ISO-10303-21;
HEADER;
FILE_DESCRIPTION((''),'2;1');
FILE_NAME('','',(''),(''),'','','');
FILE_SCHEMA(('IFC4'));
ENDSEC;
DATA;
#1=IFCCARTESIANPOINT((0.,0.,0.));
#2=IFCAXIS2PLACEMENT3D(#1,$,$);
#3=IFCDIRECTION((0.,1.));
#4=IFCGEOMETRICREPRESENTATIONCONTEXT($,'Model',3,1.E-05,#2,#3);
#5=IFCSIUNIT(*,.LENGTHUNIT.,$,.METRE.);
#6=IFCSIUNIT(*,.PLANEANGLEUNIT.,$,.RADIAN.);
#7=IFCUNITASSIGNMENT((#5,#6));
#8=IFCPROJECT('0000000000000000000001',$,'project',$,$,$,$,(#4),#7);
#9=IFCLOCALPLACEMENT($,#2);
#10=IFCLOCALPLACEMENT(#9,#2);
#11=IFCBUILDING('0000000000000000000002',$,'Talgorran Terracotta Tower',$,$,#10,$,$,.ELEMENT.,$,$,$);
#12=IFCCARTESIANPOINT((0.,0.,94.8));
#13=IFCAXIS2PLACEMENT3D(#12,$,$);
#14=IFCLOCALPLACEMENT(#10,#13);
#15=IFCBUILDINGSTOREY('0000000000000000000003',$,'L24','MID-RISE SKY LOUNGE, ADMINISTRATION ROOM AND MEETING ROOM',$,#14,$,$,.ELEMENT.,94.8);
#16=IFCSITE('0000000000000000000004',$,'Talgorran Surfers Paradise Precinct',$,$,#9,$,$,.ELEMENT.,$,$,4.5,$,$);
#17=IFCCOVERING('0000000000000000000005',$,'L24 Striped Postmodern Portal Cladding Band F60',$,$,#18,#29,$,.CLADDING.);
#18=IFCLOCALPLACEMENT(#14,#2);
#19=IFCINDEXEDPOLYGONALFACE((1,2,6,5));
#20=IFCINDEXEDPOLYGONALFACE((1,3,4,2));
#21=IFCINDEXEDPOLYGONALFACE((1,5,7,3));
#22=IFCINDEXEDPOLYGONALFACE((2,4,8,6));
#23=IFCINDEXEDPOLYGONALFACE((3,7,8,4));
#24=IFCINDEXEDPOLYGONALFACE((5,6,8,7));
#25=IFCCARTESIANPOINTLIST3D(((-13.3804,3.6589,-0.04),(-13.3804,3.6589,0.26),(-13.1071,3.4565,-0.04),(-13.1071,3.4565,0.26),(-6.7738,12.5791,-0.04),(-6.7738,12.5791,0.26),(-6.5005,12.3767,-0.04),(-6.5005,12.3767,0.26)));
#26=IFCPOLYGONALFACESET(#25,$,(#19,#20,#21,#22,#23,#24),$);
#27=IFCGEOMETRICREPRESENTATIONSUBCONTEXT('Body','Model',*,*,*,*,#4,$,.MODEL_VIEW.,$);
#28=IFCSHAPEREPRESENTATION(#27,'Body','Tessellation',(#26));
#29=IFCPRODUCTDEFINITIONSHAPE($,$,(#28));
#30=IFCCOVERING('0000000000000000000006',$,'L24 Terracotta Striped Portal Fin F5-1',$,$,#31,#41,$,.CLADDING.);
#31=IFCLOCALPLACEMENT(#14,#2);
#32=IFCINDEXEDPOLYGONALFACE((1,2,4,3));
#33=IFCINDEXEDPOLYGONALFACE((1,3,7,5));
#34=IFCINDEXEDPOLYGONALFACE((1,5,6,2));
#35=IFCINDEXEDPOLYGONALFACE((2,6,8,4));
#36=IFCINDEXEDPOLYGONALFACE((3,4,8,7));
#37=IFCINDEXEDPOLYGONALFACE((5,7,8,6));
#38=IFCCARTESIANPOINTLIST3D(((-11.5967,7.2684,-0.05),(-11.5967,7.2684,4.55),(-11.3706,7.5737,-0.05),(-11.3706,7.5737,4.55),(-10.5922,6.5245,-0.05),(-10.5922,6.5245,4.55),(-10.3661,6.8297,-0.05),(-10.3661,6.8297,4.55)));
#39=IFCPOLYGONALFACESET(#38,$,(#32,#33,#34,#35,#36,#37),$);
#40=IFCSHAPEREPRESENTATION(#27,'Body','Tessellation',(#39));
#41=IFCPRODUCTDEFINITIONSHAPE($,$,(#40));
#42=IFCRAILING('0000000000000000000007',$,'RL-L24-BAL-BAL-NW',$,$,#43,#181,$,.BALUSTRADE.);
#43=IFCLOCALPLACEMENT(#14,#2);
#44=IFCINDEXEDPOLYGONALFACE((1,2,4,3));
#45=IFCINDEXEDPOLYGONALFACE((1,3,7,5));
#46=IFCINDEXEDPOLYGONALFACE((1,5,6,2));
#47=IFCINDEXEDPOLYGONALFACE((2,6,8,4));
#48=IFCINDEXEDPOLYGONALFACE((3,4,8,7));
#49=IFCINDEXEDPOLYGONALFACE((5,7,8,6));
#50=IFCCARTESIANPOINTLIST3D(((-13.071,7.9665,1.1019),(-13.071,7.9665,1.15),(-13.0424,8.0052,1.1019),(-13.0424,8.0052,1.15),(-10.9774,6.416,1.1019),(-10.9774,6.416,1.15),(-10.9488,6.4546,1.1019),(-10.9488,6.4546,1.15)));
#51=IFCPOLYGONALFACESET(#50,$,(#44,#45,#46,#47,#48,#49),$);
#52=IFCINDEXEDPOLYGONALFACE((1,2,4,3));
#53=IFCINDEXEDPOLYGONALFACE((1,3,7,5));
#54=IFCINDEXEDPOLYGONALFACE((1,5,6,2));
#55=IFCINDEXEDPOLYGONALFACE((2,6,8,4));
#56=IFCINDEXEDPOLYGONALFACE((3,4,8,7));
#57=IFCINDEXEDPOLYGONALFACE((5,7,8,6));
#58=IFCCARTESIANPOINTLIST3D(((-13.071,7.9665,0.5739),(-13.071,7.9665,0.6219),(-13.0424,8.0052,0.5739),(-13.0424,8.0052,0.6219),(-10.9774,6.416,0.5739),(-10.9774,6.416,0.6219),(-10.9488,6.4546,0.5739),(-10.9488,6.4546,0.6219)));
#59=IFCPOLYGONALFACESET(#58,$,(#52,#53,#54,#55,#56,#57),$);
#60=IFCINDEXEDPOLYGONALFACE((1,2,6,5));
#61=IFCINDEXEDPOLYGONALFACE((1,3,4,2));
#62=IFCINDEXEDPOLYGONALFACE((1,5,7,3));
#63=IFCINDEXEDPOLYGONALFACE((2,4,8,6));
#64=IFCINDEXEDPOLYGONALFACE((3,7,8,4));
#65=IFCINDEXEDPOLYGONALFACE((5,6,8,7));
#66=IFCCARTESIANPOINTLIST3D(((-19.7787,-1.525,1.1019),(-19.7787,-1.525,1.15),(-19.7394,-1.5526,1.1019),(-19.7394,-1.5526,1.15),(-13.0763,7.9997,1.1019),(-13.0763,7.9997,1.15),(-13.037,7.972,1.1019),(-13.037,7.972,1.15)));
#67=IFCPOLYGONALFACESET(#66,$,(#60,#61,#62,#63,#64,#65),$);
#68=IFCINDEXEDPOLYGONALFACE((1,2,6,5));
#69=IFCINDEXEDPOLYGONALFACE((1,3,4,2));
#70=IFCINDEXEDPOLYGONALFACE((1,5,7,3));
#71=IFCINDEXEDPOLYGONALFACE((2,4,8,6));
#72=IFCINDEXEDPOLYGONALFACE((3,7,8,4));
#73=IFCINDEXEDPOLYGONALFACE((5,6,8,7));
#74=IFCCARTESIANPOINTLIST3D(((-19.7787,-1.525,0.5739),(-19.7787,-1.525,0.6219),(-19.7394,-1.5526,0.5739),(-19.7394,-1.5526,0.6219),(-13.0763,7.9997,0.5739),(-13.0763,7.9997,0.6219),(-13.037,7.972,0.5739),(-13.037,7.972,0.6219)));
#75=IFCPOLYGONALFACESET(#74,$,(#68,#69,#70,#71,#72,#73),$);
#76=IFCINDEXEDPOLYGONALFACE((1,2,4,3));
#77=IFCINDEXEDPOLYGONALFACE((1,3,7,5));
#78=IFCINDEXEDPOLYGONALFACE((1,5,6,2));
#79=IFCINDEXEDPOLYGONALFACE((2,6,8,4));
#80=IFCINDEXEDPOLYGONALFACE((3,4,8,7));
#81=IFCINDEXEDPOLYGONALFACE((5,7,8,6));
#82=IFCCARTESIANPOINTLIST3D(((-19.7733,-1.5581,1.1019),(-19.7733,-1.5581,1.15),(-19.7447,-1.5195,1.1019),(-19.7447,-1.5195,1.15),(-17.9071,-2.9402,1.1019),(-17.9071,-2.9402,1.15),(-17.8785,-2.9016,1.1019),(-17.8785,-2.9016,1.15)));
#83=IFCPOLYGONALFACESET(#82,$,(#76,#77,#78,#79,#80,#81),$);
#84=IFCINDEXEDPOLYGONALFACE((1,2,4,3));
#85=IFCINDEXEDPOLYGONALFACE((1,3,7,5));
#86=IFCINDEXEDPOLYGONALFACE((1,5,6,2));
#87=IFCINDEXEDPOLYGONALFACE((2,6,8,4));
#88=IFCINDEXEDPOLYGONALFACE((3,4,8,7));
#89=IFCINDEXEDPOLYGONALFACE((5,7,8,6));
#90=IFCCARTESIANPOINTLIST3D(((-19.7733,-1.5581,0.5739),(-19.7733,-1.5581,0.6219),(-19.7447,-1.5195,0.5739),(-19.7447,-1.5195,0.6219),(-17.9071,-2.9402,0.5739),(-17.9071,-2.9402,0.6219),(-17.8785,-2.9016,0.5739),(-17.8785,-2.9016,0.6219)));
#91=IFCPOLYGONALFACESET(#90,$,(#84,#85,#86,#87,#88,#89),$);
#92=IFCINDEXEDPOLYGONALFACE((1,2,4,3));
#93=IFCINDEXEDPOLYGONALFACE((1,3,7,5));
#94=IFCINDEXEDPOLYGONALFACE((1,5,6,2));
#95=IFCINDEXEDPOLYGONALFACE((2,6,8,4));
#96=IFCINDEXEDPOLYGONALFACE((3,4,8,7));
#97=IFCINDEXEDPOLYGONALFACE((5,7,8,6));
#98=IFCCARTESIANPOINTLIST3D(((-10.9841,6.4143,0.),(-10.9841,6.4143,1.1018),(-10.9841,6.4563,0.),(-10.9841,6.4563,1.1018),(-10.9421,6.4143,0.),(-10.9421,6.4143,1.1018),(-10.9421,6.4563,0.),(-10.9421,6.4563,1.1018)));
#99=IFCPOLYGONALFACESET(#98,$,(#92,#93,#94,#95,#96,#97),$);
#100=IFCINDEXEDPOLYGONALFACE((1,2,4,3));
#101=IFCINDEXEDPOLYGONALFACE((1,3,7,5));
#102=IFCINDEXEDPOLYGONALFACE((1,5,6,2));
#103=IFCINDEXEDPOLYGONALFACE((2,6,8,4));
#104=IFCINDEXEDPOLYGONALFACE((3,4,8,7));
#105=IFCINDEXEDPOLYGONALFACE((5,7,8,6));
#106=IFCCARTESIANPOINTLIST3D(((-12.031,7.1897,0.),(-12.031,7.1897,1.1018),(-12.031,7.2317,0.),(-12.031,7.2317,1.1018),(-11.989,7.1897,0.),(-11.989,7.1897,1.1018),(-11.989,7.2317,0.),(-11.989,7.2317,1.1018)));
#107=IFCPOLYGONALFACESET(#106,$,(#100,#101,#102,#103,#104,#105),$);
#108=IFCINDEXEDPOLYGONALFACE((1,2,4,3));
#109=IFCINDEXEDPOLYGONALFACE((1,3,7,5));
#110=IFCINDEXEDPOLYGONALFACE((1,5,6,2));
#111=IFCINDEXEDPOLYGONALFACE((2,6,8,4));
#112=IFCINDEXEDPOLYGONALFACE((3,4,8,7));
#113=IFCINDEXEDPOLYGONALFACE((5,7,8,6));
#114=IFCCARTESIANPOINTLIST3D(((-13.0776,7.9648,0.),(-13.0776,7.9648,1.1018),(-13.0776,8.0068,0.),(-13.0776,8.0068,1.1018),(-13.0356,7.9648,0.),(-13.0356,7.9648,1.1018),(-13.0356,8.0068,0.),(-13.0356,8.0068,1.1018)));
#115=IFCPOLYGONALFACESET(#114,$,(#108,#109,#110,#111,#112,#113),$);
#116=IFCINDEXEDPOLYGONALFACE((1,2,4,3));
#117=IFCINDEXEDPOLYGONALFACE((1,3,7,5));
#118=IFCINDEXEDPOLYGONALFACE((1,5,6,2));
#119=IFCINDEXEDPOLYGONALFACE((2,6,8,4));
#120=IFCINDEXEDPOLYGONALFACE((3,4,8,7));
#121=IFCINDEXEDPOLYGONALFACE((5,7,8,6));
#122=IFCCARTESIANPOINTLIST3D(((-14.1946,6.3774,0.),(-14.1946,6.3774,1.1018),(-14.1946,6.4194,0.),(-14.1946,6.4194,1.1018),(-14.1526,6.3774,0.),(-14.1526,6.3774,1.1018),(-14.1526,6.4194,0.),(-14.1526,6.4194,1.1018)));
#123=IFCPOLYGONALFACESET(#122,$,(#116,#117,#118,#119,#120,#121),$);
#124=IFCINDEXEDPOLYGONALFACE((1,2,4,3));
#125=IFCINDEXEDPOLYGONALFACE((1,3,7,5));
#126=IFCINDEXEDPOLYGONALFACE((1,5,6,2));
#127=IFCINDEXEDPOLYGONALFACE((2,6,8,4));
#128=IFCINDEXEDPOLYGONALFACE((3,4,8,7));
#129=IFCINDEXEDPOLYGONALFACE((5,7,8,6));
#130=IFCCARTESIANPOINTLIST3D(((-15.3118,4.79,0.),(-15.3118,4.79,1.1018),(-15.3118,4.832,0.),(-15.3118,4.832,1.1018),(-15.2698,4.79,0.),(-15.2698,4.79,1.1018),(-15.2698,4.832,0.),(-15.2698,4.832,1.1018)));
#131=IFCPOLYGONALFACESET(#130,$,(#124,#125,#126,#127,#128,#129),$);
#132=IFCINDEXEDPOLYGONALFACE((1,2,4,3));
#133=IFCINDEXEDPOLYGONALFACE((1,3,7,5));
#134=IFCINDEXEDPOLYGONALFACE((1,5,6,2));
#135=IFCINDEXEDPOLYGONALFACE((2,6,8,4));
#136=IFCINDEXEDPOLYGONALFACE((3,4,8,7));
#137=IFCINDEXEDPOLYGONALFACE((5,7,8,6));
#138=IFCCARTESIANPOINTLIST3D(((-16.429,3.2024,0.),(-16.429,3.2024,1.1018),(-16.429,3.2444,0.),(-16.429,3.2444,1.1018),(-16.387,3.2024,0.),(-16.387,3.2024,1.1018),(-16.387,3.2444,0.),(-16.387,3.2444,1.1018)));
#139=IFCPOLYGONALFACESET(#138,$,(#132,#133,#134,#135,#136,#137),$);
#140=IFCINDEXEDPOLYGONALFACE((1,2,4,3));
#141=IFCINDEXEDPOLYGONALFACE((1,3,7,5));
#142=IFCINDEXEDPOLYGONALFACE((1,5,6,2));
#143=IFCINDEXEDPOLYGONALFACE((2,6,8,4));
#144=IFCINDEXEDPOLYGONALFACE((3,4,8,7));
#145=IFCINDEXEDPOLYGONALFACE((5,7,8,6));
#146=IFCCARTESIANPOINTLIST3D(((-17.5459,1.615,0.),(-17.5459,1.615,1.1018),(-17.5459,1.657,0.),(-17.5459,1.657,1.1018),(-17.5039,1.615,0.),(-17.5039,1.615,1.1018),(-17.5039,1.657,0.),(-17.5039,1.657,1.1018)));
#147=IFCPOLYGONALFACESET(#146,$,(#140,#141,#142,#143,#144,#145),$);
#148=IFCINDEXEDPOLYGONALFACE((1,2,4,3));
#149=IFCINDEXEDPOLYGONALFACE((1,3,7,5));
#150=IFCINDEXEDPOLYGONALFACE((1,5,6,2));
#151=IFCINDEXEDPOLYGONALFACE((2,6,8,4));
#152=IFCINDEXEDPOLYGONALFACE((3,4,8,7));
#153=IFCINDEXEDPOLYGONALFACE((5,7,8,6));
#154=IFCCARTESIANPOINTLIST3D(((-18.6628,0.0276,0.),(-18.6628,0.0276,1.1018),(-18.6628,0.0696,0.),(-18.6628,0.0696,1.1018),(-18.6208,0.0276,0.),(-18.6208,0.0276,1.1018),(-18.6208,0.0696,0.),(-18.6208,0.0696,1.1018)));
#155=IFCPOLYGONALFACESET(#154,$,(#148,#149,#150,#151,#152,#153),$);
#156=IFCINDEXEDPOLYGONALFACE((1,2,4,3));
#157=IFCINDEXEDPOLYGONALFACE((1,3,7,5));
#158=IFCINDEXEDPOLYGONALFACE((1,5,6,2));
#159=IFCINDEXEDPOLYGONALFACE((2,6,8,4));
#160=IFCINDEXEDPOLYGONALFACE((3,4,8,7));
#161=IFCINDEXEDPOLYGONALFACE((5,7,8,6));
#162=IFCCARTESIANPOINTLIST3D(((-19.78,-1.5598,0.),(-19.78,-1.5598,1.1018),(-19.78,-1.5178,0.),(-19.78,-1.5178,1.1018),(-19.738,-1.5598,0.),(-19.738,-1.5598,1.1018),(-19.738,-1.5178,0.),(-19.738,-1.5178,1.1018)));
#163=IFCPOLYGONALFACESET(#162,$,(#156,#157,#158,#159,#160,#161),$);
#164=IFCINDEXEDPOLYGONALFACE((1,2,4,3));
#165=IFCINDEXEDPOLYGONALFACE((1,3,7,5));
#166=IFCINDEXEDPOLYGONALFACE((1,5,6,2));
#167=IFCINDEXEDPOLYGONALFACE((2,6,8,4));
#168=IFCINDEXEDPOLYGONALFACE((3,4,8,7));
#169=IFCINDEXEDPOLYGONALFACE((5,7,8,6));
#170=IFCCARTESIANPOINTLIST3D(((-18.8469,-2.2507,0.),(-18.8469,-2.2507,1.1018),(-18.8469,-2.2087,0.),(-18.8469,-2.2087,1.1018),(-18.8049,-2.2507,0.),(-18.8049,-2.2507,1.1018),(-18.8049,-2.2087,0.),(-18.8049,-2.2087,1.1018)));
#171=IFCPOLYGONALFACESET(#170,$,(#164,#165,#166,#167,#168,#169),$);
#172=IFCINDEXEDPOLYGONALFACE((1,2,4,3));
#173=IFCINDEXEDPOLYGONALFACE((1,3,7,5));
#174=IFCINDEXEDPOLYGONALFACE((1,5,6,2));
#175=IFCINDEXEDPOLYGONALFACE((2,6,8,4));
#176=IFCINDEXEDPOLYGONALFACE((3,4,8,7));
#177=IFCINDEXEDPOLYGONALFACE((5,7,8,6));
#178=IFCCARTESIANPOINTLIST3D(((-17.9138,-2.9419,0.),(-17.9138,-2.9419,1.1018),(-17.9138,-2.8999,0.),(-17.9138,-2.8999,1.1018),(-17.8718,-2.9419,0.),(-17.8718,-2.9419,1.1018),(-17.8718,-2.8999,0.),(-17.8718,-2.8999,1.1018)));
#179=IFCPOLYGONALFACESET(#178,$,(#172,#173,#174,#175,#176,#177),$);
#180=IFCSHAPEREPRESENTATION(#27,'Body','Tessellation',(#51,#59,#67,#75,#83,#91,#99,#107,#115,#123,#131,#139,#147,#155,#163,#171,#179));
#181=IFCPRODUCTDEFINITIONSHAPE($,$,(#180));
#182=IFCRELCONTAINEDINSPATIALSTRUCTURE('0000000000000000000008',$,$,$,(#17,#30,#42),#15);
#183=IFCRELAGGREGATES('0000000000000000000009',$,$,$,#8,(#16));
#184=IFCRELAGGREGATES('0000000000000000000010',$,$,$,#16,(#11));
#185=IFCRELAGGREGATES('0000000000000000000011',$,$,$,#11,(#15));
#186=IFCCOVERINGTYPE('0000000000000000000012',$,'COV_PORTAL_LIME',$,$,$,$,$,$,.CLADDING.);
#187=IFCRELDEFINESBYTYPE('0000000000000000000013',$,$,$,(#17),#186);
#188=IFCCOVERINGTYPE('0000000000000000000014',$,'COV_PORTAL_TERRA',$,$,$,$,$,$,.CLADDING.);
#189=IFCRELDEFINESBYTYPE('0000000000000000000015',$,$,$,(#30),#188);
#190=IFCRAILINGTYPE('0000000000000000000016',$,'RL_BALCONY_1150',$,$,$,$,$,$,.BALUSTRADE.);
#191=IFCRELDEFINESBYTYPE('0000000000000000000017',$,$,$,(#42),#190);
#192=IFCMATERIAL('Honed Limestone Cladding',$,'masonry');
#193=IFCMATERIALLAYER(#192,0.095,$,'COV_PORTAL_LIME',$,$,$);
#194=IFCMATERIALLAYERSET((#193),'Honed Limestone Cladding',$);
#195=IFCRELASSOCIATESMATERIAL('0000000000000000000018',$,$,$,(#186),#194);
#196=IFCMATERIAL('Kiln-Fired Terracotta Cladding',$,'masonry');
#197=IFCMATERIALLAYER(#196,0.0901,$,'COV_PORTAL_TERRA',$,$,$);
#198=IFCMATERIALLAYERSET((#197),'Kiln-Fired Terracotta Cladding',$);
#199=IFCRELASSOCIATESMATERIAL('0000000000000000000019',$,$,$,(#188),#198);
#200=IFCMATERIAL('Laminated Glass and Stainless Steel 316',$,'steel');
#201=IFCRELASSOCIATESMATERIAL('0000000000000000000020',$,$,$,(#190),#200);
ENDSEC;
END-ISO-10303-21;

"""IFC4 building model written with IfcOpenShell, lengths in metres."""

from ifc_helpers import new_model, si_unit, direction, frame, origin, origin_2d, place, context, subcontext, project, spatial, rectangle, extrude, material, layer, layer_set, type_object, element, save


model = new_model("IFC4")

# Units and contexts
model_context = context("Model", 3, precision=1e-05, world=origin(), true_north=direction((0.0, 1.0)))
body_context = subcontext(model_context, "Body", "Model", "MODEL_VIEW")
ifc_project = project(units=[si_unit("LENGTHUNIT", "METRE"), si_unit("PLANEANGLEUNIT", "RADIAN")], contexts=[model_context])

# Site, building, storey
site_placement = place(None, origin())
site = spatial("IfcSite", under=ifc_project, at=site_placement, Name="Talgorran Surfers Paradise Precinct", CompositionType="ELEMENT", RefElevation=4.5)
building_placement = place(site_placement, origin())
building = spatial("IfcBuilding", under=site, at=building_placement, Name="Talgorran Terracotta Tower", CompositionType="ELEMENT")
storey_placement = place(building_placement, frame((0.0, 0.0, 94.8)))
storey = spatial("IfcBuildingStorey", under=building, at=storey_placement, Name="L24", Description="MID-RISE SKY LOUNGE, ADMINISTRATION ROOM AND MEETING ROOM", CompositionType="ELEMENT", Elevation=94.8)

# Coverings
ifc_material_1 = material(Name="Honed Limestone Cladding", Category="masonry")
ifc_layer_1 = layer(ifc_material_1, 0.095, Name="COV_PORTAL_LIME")
ifc_layer_set_1 = layer_set([ifc_layer_1], Name="Honed Limestone Cladding")
covering_type_1 = type_object("IfcCoveringType", Name="COV_PORTAL_LIME", PredefinedType="CLADDING", material=ifc_layer_set_1)
covering_1_placement = place(storey_placement, frame((-9.9404, 8.0178, -0.04), z_axis=(0.0, 0.0, 1.0), x_axis=(-0.595173, -0.803597, 0.0)))
element("IfcCovering", 1, at=covering_1_placement, inside=storey, type_object=covering_type_1, Name="L24 Striped Postmodern Portal Cladding Band F60", PredefinedType="CLADDING", context=body_context, shape_type="SweptSolid", body=[
    extrude(rectangle(XDim=11.1003, YDim=0.3401, at=origin_2d()), origin(), (0.0, 0.0, 1.0), 0.3),
])
ifc_material_2 = material(Name="Kiln-Fired Terracotta Cladding", Category="masonry")
ifc_layer_2 = layer(ifc_material_2, 0.0901, Name="COV_PORTAL_TERRA")
ifc_layer_set_2 = layer_set([ifc_layer_2], Name="Kiln-Fired Terracotta Cladding")
covering_type_2 = type_object("IfcCoveringType", Name="COV_PORTAL_TERRA", PredefinedType="CLADDING", material=ifc_layer_set_2)
covering_2_placement = place(storey_placement, frame((-10.9814, 7.0491, -0.05), z_axis=(0.0, 0.0, 1.0), x_axis=(-0.595173, -0.803597, 0.0)))
element("IfcCovering", 2, at=covering_2_placement, inside=storey, type_object=covering_type_2, Name="L24 Terracotta Striped Portal Fin F5-1", PredefinedType="CLADDING", context=body_context, shape_type="SweptSolid", body=[
    extrude(rectangle(XDim=0.3799, YDim=1.25, at=origin_2d()), origin(), (0.0, 0.0, 1.0), 4.6001),
])

# Railing
ifc_material_3 = material(Name="Laminated Glass and Stainless Steel 316", Category="steel")
railing_type = type_object("IfcRailingType", Name="RL_BALCONY_1150", PredefinedType="BALUSTRADE", material=ifc_material_3)
railing_placement = place(storey_placement, frame((-10.9631, 6.4353, 0.0)))
element("IfcRailing", 3, at=railing_placement, inside=storey, type_object=railing_type, Name="RL-L24-BAL-BAL-NW", PredefinedType="BALUSTRADE", context=body_context, shape_type="SweptSolid", body=[
    extrude(rectangle(XDim=0.0481, YDim=0.0481, at=origin_2d()), frame((0.0, 0.0, 1.126), z_axis=(-0.803595, 0.595176, 0.0), x_axis=(-0.595176, -0.803595, 0.0)), (0.0, 0.0, 1.0), 2.6052),
    extrude(rectangle(XDim=0.0481, YDim=0.0481, at=origin_2d()), frame((0.0, 0.0, 0.5979), z_axis=(-0.803595, 0.595176, 0.0), x_axis=(-0.595176, -0.803595, 0.0)), (0.0, 0.0, 1.0), 2.6052),
    extrude(rectangle(XDim=0.0481, YDim=0.0481, at=origin_2d()), frame((-2.0935, 1.5505, 1.126), z_axis=(-0.575485, -0.817812, 0.0), x_axis=(0.817812, -0.575485, 0.0)), (0.0, 0.0, 1.0), 11.6465),
    extrude(rectangle(XDim=0.0481, YDim=0.0481, at=origin_2d()), frame((-2.0935, 1.5505, 0.5979), z_axis=(-0.575485, -0.817812, 0.0), x_axis=(0.817812, -0.575485, 0.0)), (0.0, 0.0, 1.0), 11.6465),
    extrude(rectangle(XDim=0.0481, YDim=0.0481, at=origin_2d()), frame((-8.7959, -7.9741, 1.126), z_axis=(0.803619, -0.595145, 0.0), x_axis=(0.595145, 0.803619, 0.0)), (0.0, 0.0, 1.0), 2.3223),
    extrude(rectangle(XDim=0.0481, YDim=0.0481, at=origin_2d()), frame((-8.7959, -7.9741, 0.5979), z_axis=(0.803619, -0.595145, 0.0), x_axis=(0.595145, 0.803619, 0.0)), (0.0, 0.0, 1.0), 2.3223),
    extrude(rectangle(XDim=0.042, YDim=0.042, at=origin_2d()), origin(), (0.0, 0.0, 1.0), 1.1018),
    extrude(rectangle(XDim=0.042, YDim=0.042, at=origin_2d()), frame((-1.0469, 0.7754, 0.0)), (0.0, 0.0, 1.0), 1.1018),
    extrude(rectangle(XDim=0.042, YDim=0.042, at=origin_2d()), frame((-2.0935, 1.5505, 0.0)), (0.0, 0.0, 1.0), 1.1018),
    extrude(rectangle(XDim=0.042, YDim=0.042, at=origin_2d()), frame((-3.2104, -0.0369, 0.0)), (0.0, 0.0, 1.0), 1.1018),
    extrude(rectangle(XDim=0.042, YDim=0.042, at=origin_2d()), frame((-4.3276, -1.6243, 0.0)), (0.0, 0.0, 1.0), 1.1018),
    extrude(rectangle(XDim=0.042, YDim=0.042, at=origin_2d()), frame((-5.4448, -3.2119, 0.0)), (0.0, 0.0, 1.0), 1.1018),
    extrude(rectangle(XDim=0.042, YDim=0.042, at=origin_2d()), frame((-6.5618, -4.7993, 0.0)), (0.0, 0.0, 1.0), 1.1018),
    extrude(rectangle(XDim=0.042, YDim=0.042, at=origin_2d()), frame((-7.6787, -6.3867, 0.0)), (0.0, 0.0, 1.0), 1.1018),
    extrude(rectangle(XDim=0.042, YDim=0.042, at=origin_2d()), frame((-8.7959, -7.9741, 0.0)), (0.0, 0.0, 1.0), 1.1018),
    extrude(rectangle(XDim=0.042, YDim=0.042, at=origin_2d()), frame((-7.8628, -8.665, 0.0)), (0.0, 0.0, 1.0), 1.1018),
    extrude(rectangle(XDim=0.042, YDim=0.042, at=origin_2d()), frame((-6.9297, -9.3562, 0.0)), (0.0, 0.0, 1.0), 1.1018),
])

save(model, "model.ifc")
